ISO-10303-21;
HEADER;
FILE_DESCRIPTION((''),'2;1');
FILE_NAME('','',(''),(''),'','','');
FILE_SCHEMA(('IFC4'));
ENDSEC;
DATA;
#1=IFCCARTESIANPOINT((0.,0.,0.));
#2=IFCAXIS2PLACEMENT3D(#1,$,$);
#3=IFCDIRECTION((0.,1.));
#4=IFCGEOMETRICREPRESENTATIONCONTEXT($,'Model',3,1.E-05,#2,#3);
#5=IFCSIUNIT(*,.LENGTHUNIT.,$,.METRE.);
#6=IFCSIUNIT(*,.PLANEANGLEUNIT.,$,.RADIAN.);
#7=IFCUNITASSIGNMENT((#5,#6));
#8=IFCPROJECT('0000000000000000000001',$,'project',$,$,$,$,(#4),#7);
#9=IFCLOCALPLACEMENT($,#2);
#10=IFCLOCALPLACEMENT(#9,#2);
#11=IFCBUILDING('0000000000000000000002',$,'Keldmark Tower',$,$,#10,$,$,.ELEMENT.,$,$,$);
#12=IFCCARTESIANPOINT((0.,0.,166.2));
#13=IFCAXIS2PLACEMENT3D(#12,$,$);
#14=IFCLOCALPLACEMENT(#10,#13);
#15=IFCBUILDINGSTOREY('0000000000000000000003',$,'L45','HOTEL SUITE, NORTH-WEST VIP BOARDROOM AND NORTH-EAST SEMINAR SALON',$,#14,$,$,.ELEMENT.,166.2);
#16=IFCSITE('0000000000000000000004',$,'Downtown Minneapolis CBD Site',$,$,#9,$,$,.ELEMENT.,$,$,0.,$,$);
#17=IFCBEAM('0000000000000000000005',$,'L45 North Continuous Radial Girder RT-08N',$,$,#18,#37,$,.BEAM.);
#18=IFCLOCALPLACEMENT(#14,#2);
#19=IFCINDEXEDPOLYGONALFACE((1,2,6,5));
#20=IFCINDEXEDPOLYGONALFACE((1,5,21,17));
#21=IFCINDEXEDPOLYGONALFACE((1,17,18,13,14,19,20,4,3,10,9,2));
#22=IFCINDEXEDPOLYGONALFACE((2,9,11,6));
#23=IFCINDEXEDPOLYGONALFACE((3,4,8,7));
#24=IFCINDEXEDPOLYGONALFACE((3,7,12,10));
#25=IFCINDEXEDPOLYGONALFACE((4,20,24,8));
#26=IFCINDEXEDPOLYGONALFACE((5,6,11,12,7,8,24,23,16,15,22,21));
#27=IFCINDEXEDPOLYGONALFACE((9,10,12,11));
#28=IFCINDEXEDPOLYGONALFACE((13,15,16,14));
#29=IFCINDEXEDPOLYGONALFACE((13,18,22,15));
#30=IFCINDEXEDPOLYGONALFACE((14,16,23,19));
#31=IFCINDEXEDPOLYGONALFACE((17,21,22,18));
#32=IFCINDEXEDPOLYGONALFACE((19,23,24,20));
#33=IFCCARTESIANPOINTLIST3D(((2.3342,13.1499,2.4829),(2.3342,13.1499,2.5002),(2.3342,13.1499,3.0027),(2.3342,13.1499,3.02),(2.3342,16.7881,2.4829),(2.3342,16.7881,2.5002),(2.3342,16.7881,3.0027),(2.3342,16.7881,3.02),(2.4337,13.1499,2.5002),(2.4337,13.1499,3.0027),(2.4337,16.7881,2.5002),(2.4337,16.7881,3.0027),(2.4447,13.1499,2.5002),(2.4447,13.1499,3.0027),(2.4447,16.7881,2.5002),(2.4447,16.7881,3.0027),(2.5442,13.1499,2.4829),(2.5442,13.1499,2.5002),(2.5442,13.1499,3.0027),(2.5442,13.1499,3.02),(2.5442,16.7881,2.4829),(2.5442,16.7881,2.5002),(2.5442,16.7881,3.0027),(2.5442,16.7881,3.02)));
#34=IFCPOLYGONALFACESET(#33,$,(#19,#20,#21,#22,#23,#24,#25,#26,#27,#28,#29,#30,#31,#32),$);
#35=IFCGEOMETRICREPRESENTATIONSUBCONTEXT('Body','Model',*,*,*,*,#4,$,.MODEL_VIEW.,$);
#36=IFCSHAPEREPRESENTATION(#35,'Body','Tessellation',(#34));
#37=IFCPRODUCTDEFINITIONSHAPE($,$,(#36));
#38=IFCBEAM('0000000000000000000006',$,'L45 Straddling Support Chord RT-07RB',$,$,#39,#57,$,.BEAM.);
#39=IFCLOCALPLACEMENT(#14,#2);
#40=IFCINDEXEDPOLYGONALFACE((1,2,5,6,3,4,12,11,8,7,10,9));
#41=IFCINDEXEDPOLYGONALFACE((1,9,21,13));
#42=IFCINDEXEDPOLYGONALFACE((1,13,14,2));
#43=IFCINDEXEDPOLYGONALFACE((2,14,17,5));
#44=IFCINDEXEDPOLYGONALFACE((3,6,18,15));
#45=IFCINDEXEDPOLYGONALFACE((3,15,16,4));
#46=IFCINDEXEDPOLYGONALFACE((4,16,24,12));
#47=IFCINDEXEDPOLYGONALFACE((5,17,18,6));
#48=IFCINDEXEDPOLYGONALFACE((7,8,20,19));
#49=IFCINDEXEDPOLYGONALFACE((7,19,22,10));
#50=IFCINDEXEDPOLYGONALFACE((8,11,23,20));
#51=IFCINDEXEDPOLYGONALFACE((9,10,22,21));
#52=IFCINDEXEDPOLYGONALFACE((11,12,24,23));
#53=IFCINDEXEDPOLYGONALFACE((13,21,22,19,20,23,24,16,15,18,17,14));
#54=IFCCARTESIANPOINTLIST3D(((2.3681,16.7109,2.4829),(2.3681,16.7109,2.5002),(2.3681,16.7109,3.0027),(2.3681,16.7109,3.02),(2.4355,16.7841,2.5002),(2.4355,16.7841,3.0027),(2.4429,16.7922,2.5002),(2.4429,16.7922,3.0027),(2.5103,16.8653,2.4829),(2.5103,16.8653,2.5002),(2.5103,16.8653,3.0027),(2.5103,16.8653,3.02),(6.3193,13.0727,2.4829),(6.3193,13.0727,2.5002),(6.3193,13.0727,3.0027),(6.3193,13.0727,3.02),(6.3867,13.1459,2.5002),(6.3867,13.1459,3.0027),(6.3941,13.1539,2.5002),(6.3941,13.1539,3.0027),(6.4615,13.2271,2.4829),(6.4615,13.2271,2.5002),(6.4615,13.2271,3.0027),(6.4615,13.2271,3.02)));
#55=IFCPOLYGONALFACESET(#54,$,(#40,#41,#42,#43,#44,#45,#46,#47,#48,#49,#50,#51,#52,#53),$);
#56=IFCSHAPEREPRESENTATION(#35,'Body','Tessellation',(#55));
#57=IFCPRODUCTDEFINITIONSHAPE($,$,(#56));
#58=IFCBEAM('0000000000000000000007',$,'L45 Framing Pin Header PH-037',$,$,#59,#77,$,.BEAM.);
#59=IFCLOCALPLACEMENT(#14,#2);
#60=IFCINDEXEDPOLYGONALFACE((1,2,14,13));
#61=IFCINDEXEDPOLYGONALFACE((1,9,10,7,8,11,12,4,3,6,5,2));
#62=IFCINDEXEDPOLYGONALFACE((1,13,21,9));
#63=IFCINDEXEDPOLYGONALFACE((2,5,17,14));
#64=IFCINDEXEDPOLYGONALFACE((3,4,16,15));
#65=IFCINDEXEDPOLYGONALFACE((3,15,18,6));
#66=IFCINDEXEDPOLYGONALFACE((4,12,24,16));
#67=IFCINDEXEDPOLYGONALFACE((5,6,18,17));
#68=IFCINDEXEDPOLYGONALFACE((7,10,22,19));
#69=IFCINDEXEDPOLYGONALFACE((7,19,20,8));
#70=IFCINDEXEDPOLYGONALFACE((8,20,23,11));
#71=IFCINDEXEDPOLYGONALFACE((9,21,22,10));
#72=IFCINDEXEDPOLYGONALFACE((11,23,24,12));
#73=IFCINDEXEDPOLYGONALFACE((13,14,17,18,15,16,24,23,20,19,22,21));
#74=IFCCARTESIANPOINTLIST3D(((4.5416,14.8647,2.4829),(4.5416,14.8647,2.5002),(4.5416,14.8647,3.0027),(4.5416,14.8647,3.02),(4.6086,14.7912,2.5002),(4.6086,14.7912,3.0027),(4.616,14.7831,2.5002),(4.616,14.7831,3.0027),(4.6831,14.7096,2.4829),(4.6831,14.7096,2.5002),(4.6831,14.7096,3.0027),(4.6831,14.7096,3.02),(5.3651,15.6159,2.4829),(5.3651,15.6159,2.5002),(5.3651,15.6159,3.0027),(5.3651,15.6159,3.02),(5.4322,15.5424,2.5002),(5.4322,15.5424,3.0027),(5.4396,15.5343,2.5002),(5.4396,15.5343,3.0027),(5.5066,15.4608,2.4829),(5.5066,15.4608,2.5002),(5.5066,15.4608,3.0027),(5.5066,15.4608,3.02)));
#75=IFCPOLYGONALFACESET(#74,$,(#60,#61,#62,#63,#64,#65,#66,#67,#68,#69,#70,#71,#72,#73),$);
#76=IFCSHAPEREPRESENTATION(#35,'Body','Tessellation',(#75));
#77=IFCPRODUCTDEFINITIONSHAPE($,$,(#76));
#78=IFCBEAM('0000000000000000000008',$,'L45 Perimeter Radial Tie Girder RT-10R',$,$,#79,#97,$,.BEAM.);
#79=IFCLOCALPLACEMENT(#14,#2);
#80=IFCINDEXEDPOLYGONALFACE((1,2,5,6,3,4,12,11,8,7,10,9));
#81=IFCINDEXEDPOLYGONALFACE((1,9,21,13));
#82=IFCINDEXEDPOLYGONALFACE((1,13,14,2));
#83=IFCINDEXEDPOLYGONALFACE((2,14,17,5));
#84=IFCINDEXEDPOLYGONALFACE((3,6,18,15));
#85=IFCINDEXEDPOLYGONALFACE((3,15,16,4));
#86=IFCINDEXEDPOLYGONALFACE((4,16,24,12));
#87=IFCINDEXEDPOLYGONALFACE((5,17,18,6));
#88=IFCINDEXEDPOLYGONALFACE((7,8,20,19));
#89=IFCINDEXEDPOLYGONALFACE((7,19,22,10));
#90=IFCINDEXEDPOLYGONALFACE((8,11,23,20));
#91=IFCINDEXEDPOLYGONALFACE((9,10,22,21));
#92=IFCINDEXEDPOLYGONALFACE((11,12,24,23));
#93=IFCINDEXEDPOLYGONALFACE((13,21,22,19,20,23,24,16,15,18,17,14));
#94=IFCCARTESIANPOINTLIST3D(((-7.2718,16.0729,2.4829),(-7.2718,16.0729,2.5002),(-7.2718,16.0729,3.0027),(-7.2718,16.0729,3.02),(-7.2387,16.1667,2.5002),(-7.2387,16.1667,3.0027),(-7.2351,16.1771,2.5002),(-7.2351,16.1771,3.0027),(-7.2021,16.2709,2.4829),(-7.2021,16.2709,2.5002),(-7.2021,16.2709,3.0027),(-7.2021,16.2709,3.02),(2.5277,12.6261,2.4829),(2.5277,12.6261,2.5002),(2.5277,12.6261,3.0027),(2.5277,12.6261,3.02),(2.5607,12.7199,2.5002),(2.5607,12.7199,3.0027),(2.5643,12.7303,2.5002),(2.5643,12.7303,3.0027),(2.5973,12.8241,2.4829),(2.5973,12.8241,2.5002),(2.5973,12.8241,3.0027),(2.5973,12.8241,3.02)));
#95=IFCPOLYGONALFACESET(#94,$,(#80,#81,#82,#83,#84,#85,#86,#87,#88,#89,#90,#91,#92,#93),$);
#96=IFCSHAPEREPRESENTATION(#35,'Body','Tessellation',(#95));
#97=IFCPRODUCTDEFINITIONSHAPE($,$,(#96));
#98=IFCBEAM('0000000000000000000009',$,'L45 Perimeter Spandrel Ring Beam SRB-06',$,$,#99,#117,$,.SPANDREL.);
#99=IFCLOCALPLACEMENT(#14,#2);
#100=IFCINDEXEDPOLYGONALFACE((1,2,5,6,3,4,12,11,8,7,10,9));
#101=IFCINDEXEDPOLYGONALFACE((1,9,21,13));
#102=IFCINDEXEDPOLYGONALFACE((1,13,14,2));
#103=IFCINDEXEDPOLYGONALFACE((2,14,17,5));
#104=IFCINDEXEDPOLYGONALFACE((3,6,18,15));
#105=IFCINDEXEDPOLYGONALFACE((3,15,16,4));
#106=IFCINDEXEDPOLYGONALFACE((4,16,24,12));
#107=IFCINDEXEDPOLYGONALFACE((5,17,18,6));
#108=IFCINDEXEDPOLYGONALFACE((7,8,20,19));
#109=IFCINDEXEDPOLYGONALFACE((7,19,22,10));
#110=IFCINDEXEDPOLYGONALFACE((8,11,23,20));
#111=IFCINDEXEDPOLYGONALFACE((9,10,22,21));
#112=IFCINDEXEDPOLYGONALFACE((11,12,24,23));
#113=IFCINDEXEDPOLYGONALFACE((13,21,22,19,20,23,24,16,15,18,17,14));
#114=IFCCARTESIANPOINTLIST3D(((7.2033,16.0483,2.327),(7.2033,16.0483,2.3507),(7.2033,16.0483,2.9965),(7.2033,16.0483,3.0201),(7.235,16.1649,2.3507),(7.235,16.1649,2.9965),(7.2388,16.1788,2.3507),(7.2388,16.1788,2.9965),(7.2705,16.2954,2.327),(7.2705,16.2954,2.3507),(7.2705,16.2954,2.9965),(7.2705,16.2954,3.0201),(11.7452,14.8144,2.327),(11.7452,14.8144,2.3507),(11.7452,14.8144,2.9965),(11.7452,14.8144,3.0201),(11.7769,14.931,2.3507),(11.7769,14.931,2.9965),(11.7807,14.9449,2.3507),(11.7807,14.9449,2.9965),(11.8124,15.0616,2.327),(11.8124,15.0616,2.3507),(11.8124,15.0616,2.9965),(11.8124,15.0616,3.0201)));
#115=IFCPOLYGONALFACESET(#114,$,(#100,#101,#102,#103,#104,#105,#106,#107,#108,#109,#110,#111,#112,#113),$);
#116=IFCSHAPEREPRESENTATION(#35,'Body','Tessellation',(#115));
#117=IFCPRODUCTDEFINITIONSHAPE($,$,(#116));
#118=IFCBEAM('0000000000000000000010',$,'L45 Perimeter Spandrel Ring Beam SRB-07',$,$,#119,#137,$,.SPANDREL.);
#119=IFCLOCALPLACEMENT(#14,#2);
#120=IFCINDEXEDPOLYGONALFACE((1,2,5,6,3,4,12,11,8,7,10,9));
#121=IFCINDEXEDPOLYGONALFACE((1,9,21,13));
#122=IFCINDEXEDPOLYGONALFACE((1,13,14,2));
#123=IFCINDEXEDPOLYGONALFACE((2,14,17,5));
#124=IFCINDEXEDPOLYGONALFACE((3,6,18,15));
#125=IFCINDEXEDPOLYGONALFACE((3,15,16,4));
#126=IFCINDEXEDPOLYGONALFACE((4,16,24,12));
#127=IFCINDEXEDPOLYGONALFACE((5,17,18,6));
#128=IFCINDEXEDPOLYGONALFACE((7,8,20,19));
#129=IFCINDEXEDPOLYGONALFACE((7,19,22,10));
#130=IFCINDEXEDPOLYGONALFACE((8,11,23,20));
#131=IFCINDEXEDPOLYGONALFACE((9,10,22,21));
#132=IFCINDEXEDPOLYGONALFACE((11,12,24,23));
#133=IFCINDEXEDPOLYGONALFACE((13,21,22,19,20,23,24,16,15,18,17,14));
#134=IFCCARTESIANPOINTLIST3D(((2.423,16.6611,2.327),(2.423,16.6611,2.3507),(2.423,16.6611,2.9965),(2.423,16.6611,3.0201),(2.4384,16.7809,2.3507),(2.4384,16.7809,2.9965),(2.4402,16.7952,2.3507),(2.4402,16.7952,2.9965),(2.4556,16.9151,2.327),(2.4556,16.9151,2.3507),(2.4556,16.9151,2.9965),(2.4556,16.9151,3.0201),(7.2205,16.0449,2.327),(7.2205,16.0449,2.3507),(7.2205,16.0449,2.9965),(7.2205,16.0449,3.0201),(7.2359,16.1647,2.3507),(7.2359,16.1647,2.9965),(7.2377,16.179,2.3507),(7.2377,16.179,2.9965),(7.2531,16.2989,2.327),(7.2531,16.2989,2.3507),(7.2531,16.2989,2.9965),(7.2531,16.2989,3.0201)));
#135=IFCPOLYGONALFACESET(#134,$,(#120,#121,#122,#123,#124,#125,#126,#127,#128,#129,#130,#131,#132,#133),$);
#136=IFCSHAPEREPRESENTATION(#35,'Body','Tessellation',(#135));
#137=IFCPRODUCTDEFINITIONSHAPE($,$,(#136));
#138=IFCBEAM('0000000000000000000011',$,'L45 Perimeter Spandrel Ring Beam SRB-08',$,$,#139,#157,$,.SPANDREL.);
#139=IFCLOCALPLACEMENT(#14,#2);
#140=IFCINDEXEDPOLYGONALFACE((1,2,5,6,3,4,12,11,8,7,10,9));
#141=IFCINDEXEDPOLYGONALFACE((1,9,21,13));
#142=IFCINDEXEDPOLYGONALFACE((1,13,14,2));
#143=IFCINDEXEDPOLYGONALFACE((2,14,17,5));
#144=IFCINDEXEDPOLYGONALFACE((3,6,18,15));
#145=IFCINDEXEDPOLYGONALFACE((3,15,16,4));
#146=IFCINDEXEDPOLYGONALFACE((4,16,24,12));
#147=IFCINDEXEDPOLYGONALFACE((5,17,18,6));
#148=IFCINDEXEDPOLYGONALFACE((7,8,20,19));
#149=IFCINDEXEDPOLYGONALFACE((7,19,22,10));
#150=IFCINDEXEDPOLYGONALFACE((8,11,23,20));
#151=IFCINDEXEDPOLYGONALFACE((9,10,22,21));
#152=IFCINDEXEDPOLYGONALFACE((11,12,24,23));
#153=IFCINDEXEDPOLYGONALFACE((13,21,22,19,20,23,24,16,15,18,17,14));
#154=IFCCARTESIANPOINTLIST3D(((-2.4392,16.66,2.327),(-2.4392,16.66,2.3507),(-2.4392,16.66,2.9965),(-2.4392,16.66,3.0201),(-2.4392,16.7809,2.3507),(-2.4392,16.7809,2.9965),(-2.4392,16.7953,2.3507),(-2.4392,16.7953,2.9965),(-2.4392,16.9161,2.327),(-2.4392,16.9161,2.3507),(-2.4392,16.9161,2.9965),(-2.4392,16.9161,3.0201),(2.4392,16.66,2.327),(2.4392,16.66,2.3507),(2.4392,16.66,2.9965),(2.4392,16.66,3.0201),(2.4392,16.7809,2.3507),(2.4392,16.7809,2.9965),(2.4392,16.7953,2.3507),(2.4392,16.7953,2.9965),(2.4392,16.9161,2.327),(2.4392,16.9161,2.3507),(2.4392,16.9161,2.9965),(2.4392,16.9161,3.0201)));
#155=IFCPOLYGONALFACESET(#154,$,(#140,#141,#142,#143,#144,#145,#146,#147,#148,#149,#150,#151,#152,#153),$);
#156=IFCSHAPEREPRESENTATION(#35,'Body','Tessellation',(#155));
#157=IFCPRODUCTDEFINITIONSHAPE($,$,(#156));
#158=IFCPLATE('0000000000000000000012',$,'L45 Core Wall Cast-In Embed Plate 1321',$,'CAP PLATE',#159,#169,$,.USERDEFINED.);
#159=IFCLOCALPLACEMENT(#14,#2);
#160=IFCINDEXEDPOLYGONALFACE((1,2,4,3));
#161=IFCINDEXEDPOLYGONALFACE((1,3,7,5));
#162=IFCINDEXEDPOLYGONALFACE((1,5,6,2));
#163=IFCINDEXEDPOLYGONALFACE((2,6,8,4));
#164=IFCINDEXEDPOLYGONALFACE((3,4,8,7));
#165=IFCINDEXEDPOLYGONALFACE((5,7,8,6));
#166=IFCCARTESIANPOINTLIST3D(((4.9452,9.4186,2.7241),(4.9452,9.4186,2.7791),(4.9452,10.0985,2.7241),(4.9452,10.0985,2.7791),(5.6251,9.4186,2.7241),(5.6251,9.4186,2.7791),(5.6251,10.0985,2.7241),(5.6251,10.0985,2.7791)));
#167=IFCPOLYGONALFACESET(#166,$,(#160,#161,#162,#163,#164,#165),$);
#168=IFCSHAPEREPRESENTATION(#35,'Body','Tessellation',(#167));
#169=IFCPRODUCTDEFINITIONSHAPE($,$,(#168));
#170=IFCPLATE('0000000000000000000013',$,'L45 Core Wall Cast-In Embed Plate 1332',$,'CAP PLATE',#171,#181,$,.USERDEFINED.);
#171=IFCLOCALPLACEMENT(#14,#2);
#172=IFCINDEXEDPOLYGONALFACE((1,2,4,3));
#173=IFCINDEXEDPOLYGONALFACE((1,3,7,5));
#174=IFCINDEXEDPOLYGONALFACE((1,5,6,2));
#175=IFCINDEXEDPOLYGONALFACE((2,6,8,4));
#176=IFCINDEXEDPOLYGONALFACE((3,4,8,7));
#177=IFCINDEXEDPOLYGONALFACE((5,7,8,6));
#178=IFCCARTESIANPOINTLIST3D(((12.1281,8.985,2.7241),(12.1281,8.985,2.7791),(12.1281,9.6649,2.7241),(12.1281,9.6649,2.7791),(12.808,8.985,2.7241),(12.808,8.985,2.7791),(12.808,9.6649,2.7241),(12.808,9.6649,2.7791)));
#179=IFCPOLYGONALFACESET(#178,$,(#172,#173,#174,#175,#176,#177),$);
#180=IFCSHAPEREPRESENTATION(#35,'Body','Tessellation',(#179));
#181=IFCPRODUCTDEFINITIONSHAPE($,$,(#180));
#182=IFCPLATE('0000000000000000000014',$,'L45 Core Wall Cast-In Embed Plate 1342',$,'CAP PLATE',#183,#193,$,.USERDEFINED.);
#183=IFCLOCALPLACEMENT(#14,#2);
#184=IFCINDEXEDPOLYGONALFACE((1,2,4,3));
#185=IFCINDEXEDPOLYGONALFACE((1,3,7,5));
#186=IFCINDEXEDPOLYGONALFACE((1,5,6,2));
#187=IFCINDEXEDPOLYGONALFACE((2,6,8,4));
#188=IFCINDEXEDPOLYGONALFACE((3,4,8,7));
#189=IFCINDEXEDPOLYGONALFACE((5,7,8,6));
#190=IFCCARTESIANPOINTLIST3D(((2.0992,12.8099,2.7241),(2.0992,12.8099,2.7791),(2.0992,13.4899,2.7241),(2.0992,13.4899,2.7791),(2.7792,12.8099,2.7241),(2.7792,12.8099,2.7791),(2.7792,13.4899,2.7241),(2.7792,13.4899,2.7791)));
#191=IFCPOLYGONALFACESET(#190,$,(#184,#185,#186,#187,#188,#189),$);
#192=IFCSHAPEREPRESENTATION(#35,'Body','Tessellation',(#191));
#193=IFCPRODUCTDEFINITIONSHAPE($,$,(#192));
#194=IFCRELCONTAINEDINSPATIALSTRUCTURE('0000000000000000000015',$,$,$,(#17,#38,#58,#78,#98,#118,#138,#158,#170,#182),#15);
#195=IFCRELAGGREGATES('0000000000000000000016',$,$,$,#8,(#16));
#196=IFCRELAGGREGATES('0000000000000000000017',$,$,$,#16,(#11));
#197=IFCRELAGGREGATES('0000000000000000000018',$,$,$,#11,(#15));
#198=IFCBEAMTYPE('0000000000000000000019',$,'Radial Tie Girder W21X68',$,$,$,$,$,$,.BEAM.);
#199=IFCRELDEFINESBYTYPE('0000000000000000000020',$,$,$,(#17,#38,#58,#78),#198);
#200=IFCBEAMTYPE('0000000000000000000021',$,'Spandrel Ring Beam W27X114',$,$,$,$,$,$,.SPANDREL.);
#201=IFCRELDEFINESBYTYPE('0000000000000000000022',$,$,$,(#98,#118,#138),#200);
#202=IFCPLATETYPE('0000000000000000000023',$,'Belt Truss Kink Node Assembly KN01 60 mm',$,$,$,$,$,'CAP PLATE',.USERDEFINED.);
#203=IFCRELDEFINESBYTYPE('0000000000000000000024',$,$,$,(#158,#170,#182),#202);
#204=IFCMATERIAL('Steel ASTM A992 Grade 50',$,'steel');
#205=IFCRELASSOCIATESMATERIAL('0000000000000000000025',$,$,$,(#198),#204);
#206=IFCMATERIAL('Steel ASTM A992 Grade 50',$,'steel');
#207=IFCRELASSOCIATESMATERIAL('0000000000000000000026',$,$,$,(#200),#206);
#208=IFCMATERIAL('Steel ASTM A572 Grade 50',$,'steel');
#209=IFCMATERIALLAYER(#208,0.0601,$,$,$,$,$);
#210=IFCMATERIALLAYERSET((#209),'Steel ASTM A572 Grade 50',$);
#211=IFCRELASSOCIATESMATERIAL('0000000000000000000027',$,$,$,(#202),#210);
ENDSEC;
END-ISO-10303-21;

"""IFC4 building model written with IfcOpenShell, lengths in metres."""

from ifc_helpers import new_model, si_unit, direction, frame, origin, origin_2d, place, context, subcontext, project, spatial, rectangle, i_section, extrude, material, layer, layer_set, material_profile, profile_set, type_object, element, save


model = new_model("IFC4")

# Units and contexts
model_context = context("Model", 3, precision=1e-05, world=origin(), true_north=direction((0.0, 1.0)))
body_context = subcontext(model_context, "Body", "Model", "MODEL_VIEW")
ifc_project = project(units=[si_unit("LENGTHUNIT", "METRE"), si_unit("PLANEANGLEUNIT", "RADIAN")], contexts=[model_context])

# Site, building, storey
site_placement = place(None, origin())
site = spatial("IfcSite", under=ifc_project, at=site_placement, Name="Downtown Minneapolis CBD Site", CompositionType="ELEMENT", RefElevation=0.0)
building_placement = place(site_placement, origin())
building = spatial("IfcBuilding", under=site, at=building_placement, Name="Keldmark Tower", CompositionType="ELEMENT")
storey_placement = place(building_placement, frame((0.0, 0.0, 166.2)))
storey = spatial("IfcBuildingStorey", under=building, at=storey_placement, Name="L45", Description="HOTEL SUITE, NORTH-WEST VIP BOARDROOM AND NORTH-EAST SEMINAR SALON", CompositionType="ELEMENT", Elevation=166.2)

# Beams
ifc_material_1 = material(Name="Steel ASTM A992 Grade 50", Category="steel")
ifc_material_profile_1 = material_profile(ifc_material_1, i_section(OverallWidth=0.21, OverallDepth=0.5371, WebThickness=0.011, FlangeThickness=0.0173, at=origin_2d()), Name="W21X68")
ifc_profile_set_1 = profile_set([ifc_material_profile_1], Name="Steel ASTM A992 Grade 50")
beam_type_1 = type_object("IfcBeamType", Name="Radial Tie Girder W21X68", PredefinedType="BEAM", material=ifc_profile_set_1)
beam_1_placement = place(storey_placement, frame((2.4392, 13.1499, 2.7515), z_axis=(0.0, 1.0, 0.0), x_axis=(-1.0, 0.0, 0.0)))
element("IfcBeam", 1, at=beam_1_placement, inside=storey, type_object=beam_type_1, Name="L45 North Continuous Radial Girder RT-08N", PredefinedType="BEAM", context=body_context, shape_type="SweptSolid", body=[
    extrude(i_section(OverallWidth=0.21, OverallDepth=0.5371, WebThickness=0.011, FlangeThickness=0.0173, at=origin_2d()), origin(), (0.0, 0.0, 1.0), 3.6382),
])
beam_2_placement = place(storey_placement, frame((6.3904, 13.1499, 2.7515), z_axis=(-0.735643, 0.67737, 0.0), x_axis=(-0.67737, -0.735643, 0.0)))
element("IfcBeam", 2, at=beam_2_placement, inside=storey, type_object=beam_type_1, Name="L45 Straddling Support Chord RT-07RB", PredefinedType="BEAM", context=body_context, shape_type="SweptSolid", body=[
    extrude(i_section(OverallWidth=0.21, OverallDepth=0.5371, WebThickness=0.011, FlangeThickness=0.0173, at=origin_2d()), origin(), (0.0, 0.0, 1.0), 5.3711),
])
beam_3_placement = place(storey_placement, frame((4.6123, 14.7871, 2.7515), z_axis=(0.738779, 0.673947, 0.0), x_axis=(-0.673947, 0.738779, 0.0)))
element("IfcBeam", 3, at=beam_3_placement, inside=storey, type_object=beam_type_1, Name="L45 Framing Pin Header PH-037", PredefinedType="BEAM", context=body_context, shape_type="SweptSolid", body=[
    extrude(i_section(OverallWidth=0.21, OverallDepth=0.5371, WebThickness=0.011, FlangeThickness=0.0173, at=origin_2d()), origin(), (0.0, 0.0, 1.0), 1.1147),
])
beam_4_placement = place(storey_placement, frame((2.5625, 12.7251, 2.7515), z_axis=(-0.943346, 0.331809, 0.0), x_axis=(-0.331809, -0.943346, 0.0)))
element("IfcBeam", 4, at=beam_4_placement, inside=storey, type_object=beam_type_1, Name="L45 Perimeter Radial Tie Girder RT-10R", PredefinedType="BEAM", context=body_context, shape_type="SweptSolid", body=[
    extrude(i_section(OverallWidth=0.21, OverallDepth=0.5371, WebThickness=0.011, FlangeThickness=0.0173, at=origin_2d()), origin(), (0.0, 0.0, 1.0), 10.3879),
])
ifc_material_2 = material(Name="Steel ASTM A992 Grade 50", Category="steel")
ifc_material_profile_2 = material_profile(ifc_material_2, i_section(OverallWidth=0.2561, OverallDepth=0.6931, WebThickness=0.0144, FlangeThickness=0.0237, at=origin_2d()), Name="W27X114")
ifc_profile_set_2 = profile_set([ifc_material_profile_2], Name="Steel ASTM A992 Grade 50")
beam_type_2 = type_object("IfcBeamType", Name="Spandrel Ring Beam W27X114", PredefinedType="SPANDREL", material=ifc_profile_set_2)
beam_5_placement = place(storey_placement, frame((11.7788, 14.938, 2.6736), z_axis=(-0.965024, 0.26216, 0.0), x_axis=(-0.26216, -0.965024, 0.0)))
element("IfcBeam", 5, at=beam_5_placement, inside=storey, type_object=beam_type_2, Name="L45 Perimeter Spandrel Ring Beam SRB-06", PredefinedType="SPANDREL", context=body_context, shape_type="SweptSolid", body=[
    extrude(i_section(OverallWidth=0.2561, OverallDepth=0.6931, WebThickness=0.0144, FlangeThickness=0.0237, at=origin_2d()), origin(), (0.0, 0.0, 1.0), 4.7065),
])
beam_6_placement = place(storey_placement, frame((7.2368, 16.1719, 2.6736), z_axis=(-0.991852, 0.127395, 0.0), x_axis=(-0.127395, -0.991852, 0.0)))
element("IfcBeam", 6, at=beam_6_placement, inside=storey, type_object=beam_type_2, Name="L45 Perimeter Spandrel Ring Beam SRB-07", PredefinedType="SPANDREL", context=body_context, shape_type="SweptSolid", body=[
    extrude(i_section(OverallWidth=0.2561, OverallDepth=0.6931, WebThickness=0.0144, FlangeThickness=0.0237, at=origin_2d()), origin(), (0.0, 0.0, 1.0), 4.8369),
])
beam_7_placement = place(storey_placement, frame((2.4392, 16.7881, 2.6736), z_axis=(-1.0, 0.0, 0.0), x_axis=(0.0, -1.0, 0.0)))
element("IfcBeam", 7, at=beam_7_placement, inside=storey, type_object=beam_type_2, Name="L45 Perimeter Spandrel Ring Beam SRB-08", PredefinedType="SPANDREL", context=body_context, shape_type="SweptSolid", body=[
    extrude(i_section(OverallWidth=0.2561, OverallDepth=0.6931, WebThickness=0.0144, FlangeThickness=0.0237, at=origin_2d()), origin(), (0.0, 0.0, 1.0), 4.8784),
])

# Plates
ifc_material_3 = material(Name="Steel ASTM A572 Grade 50", Category="steel")
ifc_layer_1 = layer(ifc_material_3, 0.0601)
ifc_layer_set_1 = layer_set([ifc_layer_1], Name="Steel ASTM A572 Grade 50")
plate_type_1 = type_object("IfcPlateType", Name="Belt Truss Kink Node Assembly KN01 60 mm", ElementType="CAP PLATE", PredefinedType="USERDEFINED", material=ifc_layer_set_1)
for number, where, z_axis, x_axis, name in (
    (8, (5.2852, 9.7585, 2.7241), (0.0, 0.0, 1.0), (1.0, 0.0, 0.0), "L45 Core Wall Cast-In Embed Plate 1321"),
    (9, (12.468, 9.325, 2.7241), (0.0, 0.0, 1.0), (1.0, 0.0, 0.0), "L45 Core Wall Cast-In Embed Plate 1332"),
    (10, (2.4392, 13.1499, 2.7241), (0.0, 0.0, 1.0), (1.0, 0.0, 0.0), "L45 Core Wall Cast-In Embed Plate 1342"),
):
    element("IfcPlate", number, at=place(storey_placement, frame(where, z_axis=z_axis, x_axis=x_axis)), inside=storey, type_object=plate_type_1, Name=name, ObjectType="CAP PLATE", PredefinedType="USERDEFINED", context=body_context, shape_type="SweptSolid", body=[
        extrude(rectangle(XDim=0.6799, YDim=0.6799, at=origin_2d()), origin(), (0.0, 0.0, 1.0), 0.0549),
    ])

save(model, "model.ifc")
